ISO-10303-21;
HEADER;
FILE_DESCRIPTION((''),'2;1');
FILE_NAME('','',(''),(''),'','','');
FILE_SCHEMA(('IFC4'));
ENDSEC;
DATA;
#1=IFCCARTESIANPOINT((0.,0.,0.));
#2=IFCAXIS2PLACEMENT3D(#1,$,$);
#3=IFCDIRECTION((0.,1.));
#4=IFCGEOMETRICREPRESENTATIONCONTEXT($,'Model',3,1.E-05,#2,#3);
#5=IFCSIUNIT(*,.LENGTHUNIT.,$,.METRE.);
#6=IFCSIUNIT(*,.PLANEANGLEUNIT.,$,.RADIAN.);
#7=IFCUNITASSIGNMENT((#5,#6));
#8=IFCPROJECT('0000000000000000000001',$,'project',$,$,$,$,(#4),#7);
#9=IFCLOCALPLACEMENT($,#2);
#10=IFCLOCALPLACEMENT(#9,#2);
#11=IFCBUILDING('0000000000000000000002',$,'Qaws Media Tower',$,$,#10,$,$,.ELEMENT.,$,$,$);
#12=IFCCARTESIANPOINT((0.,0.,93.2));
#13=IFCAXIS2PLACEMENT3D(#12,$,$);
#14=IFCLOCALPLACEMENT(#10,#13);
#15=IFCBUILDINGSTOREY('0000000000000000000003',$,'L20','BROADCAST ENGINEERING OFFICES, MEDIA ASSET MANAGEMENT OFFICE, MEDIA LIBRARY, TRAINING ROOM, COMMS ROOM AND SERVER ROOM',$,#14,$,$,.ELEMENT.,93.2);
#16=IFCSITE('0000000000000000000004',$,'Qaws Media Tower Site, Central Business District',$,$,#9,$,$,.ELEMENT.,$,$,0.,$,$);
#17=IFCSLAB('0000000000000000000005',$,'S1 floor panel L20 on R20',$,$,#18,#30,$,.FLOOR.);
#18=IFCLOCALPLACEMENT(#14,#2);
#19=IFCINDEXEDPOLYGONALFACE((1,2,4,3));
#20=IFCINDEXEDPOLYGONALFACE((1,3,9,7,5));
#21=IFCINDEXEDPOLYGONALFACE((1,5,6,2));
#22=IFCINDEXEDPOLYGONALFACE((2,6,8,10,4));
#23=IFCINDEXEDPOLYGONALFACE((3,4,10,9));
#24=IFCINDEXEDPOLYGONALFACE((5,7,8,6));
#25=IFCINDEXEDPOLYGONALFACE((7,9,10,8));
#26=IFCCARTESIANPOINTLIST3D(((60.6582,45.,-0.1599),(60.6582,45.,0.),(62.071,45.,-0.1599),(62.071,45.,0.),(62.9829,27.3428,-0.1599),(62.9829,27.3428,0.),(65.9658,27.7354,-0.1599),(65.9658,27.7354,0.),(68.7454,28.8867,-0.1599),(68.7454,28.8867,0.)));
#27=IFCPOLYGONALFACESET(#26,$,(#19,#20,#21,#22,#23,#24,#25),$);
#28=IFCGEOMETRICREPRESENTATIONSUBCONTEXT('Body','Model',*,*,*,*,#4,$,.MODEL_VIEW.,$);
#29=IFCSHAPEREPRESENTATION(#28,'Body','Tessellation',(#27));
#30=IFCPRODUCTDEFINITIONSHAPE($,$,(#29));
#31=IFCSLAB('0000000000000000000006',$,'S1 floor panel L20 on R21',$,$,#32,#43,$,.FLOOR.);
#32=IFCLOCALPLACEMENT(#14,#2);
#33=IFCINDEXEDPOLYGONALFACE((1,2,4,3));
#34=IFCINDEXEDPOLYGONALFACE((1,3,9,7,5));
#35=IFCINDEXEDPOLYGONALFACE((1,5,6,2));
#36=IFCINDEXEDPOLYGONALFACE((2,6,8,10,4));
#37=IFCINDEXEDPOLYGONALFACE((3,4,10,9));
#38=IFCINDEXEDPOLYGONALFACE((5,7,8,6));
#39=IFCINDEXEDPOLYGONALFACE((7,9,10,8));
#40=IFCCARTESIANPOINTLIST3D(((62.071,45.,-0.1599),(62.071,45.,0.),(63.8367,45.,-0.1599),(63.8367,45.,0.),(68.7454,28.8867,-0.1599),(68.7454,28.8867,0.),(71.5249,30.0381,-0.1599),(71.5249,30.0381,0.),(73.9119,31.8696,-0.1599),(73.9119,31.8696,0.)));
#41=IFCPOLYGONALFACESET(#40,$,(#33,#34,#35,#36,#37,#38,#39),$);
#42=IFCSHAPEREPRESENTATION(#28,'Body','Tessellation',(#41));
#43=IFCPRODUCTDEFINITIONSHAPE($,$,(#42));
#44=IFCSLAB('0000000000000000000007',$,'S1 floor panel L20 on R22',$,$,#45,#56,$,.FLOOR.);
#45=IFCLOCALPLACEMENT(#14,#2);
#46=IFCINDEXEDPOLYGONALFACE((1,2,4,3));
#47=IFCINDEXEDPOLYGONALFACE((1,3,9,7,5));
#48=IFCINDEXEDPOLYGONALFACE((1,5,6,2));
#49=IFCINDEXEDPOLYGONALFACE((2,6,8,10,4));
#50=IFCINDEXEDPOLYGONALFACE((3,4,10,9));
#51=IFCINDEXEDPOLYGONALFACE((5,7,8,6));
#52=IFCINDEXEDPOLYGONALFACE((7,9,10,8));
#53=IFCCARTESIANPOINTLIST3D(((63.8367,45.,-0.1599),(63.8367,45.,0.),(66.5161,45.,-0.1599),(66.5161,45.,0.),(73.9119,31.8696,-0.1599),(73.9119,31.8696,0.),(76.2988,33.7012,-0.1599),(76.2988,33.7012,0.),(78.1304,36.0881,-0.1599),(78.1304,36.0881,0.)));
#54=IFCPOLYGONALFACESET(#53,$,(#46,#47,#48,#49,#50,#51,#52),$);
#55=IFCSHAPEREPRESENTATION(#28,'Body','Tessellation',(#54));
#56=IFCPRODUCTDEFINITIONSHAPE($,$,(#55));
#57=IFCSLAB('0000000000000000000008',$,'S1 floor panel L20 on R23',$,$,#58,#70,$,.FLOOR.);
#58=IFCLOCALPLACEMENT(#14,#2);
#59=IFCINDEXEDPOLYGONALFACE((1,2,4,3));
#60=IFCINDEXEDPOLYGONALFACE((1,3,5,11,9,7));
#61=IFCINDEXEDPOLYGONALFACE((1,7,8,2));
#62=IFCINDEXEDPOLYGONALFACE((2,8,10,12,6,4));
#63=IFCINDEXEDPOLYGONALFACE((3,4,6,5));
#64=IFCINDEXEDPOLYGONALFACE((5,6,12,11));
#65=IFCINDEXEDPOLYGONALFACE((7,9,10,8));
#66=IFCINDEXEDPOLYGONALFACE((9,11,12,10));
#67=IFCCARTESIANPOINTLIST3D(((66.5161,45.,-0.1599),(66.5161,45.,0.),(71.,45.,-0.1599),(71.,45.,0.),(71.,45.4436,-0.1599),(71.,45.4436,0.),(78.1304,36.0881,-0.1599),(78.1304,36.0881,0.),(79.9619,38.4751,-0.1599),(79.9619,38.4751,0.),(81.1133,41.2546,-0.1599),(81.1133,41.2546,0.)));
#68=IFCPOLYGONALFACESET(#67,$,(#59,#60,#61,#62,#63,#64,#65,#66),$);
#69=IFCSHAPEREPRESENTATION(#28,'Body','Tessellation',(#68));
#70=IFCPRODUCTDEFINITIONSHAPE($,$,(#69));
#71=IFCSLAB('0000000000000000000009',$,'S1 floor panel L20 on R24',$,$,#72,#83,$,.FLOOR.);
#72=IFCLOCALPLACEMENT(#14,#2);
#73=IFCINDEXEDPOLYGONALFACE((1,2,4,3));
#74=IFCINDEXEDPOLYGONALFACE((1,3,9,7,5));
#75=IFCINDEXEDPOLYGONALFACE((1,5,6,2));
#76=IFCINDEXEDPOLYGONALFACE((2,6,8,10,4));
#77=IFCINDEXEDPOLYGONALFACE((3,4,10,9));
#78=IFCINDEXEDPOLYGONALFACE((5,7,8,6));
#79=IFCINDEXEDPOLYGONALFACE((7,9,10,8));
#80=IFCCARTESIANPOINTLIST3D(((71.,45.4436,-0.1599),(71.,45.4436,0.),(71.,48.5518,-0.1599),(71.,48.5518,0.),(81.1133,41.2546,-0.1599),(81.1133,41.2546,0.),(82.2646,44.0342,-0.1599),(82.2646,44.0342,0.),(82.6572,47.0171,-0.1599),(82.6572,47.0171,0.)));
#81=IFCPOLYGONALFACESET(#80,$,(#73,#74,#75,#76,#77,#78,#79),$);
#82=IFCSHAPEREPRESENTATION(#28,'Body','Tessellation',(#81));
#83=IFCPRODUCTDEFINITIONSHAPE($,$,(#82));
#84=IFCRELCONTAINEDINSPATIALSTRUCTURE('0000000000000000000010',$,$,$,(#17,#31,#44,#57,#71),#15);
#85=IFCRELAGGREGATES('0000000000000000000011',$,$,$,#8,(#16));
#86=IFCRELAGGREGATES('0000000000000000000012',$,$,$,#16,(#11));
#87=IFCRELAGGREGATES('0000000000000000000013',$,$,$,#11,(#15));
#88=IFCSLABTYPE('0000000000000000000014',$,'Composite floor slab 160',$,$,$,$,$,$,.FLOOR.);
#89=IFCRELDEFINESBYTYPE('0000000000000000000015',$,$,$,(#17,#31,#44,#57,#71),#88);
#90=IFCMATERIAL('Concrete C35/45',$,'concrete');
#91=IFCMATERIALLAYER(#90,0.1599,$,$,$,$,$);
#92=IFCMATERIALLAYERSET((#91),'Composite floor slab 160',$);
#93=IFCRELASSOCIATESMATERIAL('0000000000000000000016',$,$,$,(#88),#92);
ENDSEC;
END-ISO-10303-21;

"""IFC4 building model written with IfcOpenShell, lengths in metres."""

from ifc_helpers import new_model, si_unit, direction, frame, origin, place, context, subcontext, project, spatial, polyline, outline, extrude, material, layer, layer_set, type_object, element, save


model = new_model("IFC4")

# Units and contexts
model_context = context("Model", 3, precision=1e-05, world=origin(), true_north=direction((0.0, 1.0)))
body_context = subcontext(model_context, "Body", "Model", "MODEL_VIEW")
ifc_project = project(units=[si_unit("LENGTHUNIT", "METRE"), si_unit("PLANEANGLEUNIT", "RADIAN")], contexts=[model_context])

# Site, building, storey
site_placement = place(None, origin())
site = spatial("IfcSite", under=ifc_project, at=site_placement, Name="Qaws Media Tower Site, Central Business District", CompositionType="ELEMENT", RefElevation=0.0)
building_placement = place(site_placement, origin())
building = spatial("IfcBuilding", under=site, at=building_placement, Name="Qaws Media Tower", CompositionType="ELEMENT")
storey_placement = place(building_placement, frame((0.0, 0.0, 93.2)))
storey = spatial("IfcBuildingStorey", under=building, at=storey_placement, Name="L20", Description="BROADCAST ENGINEERING OFFICES, MEDIA ASSET MANAGEMENT OFFICE, MEDIA LIBRARY, TRAINING ROOM, COMMS ROOM AND SERVER ROOM", CompositionType="ELEMENT", Elevation=93.2)

# Slabs
ifc_material_1 = material(Name="Concrete C35/45", Category="concrete")
ifc_layer_1 = layer(ifc_material_1, 0.1599)
ifc_layer_set_1 = layer_set([ifc_layer_1], Name="Composite floor slab 160")
slab_type_1 = type_object("IfcSlabType", Name="Composite floor slab 160", PredefinedType="FLOOR", material=ifc_layer_set_1)
slab_1_placement = place(storey_placement, frame((0.0, 0.0, -0.1599)))
element("IfcSlab", 1, at=slab_1_placement, inside=storey, type_object=slab_type_1, Name="S1 floor panel L20 on R20", PredefinedType="FLOOR", context=body_context, shape_type="SweptSolid", body=[
    extrude(outline(polyline([(65.9658, 27.7354), (62.9829, 27.3428), (60.6582, 45.0), (62.071, 45.0), (68.7454, 28.8867), (65.9658, 27.7354)])), origin(), (0.0, 0.0, 1.0), 0.1599),
])
slab_2_placement = place(storey_placement, frame((0.0, 0.0, -0.1599)))
element("IfcSlab", 2, at=slab_2_placement, inside=storey, type_object=slab_type_1, Name="S1 floor panel L20 on R21", PredefinedType="FLOOR", context=body_context, shape_type="SweptSolid", body=[
    extrude(outline(polyline([(71.5249, 30.0381), (68.7454, 28.8867), (62.071, 45.0), (63.8367, 45.0), (73.9119, 31.8696), (71.5249, 30.0381)])), origin(), (0.0, 0.0, 1.0), 0.1599),
])
slab_3_placement = place(storey_placement, frame((0.0, 0.0, -0.1599)))
element("IfcSlab", 3, at=slab_3_placement, inside=storey, type_object=slab_type_1, Name="S1 floor panel L20 on R22", PredefinedType="FLOOR", context=body_context, shape_type="SweptSolid", body=[
    extrude(outline(polyline([(76.2988, 33.7012), (73.9119, 31.8696), (63.8367, 45.0), (66.5161, 45.0), (78.1304, 36.0881), (76.2988, 33.7012)])), origin(), (0.0, 0.0, 1.0), 0.1599),
])
slab_4_placement = place(storey_placement, frame((0.0, 0.0, -0.1599)))
element("IfcSlab", 4, at=slab_4_placement, inside=storey, type_object=slab_type_1, Name="S1 floor panel L20 on R23", PredefinedType="FLOOR", context=body_context, shape_type="SweptSolid", body=[
    extrude(outline(polyline([(79.9619, 38.4751), (78.1304, 36.0881), (66.5161, 45.0), (71.0, 45.0), (71.0, 45.4436), (81.1133, 41.2546), (79.9619, 38.4751)])), origin(), (0.0, 0.0, 1.0), 0.1599),
])
slab_5_placement = place(storey_placement, frame((0.0, 0.0, -0.1599)))
element("IfcSlab", 5, at=slab_5_placement, inside=storey, type_object=slab_type_1, Name="S1 floor panel L20 on R24", PredefinedType="FLOOR", context=body_context, shape_type="SweptSolid", body=[
    extrude(outline(polyline([(81.1133, 41.2546), (71.0, 45.4436), (71.0, 48.5518), (82.6572, 47.0171), (82.2646, 44.0342), (81.1133, 41.2546)])), origin(), (0.0, 0.0, 1.0), 0.1599),
])

save(model, "model.ifc")
